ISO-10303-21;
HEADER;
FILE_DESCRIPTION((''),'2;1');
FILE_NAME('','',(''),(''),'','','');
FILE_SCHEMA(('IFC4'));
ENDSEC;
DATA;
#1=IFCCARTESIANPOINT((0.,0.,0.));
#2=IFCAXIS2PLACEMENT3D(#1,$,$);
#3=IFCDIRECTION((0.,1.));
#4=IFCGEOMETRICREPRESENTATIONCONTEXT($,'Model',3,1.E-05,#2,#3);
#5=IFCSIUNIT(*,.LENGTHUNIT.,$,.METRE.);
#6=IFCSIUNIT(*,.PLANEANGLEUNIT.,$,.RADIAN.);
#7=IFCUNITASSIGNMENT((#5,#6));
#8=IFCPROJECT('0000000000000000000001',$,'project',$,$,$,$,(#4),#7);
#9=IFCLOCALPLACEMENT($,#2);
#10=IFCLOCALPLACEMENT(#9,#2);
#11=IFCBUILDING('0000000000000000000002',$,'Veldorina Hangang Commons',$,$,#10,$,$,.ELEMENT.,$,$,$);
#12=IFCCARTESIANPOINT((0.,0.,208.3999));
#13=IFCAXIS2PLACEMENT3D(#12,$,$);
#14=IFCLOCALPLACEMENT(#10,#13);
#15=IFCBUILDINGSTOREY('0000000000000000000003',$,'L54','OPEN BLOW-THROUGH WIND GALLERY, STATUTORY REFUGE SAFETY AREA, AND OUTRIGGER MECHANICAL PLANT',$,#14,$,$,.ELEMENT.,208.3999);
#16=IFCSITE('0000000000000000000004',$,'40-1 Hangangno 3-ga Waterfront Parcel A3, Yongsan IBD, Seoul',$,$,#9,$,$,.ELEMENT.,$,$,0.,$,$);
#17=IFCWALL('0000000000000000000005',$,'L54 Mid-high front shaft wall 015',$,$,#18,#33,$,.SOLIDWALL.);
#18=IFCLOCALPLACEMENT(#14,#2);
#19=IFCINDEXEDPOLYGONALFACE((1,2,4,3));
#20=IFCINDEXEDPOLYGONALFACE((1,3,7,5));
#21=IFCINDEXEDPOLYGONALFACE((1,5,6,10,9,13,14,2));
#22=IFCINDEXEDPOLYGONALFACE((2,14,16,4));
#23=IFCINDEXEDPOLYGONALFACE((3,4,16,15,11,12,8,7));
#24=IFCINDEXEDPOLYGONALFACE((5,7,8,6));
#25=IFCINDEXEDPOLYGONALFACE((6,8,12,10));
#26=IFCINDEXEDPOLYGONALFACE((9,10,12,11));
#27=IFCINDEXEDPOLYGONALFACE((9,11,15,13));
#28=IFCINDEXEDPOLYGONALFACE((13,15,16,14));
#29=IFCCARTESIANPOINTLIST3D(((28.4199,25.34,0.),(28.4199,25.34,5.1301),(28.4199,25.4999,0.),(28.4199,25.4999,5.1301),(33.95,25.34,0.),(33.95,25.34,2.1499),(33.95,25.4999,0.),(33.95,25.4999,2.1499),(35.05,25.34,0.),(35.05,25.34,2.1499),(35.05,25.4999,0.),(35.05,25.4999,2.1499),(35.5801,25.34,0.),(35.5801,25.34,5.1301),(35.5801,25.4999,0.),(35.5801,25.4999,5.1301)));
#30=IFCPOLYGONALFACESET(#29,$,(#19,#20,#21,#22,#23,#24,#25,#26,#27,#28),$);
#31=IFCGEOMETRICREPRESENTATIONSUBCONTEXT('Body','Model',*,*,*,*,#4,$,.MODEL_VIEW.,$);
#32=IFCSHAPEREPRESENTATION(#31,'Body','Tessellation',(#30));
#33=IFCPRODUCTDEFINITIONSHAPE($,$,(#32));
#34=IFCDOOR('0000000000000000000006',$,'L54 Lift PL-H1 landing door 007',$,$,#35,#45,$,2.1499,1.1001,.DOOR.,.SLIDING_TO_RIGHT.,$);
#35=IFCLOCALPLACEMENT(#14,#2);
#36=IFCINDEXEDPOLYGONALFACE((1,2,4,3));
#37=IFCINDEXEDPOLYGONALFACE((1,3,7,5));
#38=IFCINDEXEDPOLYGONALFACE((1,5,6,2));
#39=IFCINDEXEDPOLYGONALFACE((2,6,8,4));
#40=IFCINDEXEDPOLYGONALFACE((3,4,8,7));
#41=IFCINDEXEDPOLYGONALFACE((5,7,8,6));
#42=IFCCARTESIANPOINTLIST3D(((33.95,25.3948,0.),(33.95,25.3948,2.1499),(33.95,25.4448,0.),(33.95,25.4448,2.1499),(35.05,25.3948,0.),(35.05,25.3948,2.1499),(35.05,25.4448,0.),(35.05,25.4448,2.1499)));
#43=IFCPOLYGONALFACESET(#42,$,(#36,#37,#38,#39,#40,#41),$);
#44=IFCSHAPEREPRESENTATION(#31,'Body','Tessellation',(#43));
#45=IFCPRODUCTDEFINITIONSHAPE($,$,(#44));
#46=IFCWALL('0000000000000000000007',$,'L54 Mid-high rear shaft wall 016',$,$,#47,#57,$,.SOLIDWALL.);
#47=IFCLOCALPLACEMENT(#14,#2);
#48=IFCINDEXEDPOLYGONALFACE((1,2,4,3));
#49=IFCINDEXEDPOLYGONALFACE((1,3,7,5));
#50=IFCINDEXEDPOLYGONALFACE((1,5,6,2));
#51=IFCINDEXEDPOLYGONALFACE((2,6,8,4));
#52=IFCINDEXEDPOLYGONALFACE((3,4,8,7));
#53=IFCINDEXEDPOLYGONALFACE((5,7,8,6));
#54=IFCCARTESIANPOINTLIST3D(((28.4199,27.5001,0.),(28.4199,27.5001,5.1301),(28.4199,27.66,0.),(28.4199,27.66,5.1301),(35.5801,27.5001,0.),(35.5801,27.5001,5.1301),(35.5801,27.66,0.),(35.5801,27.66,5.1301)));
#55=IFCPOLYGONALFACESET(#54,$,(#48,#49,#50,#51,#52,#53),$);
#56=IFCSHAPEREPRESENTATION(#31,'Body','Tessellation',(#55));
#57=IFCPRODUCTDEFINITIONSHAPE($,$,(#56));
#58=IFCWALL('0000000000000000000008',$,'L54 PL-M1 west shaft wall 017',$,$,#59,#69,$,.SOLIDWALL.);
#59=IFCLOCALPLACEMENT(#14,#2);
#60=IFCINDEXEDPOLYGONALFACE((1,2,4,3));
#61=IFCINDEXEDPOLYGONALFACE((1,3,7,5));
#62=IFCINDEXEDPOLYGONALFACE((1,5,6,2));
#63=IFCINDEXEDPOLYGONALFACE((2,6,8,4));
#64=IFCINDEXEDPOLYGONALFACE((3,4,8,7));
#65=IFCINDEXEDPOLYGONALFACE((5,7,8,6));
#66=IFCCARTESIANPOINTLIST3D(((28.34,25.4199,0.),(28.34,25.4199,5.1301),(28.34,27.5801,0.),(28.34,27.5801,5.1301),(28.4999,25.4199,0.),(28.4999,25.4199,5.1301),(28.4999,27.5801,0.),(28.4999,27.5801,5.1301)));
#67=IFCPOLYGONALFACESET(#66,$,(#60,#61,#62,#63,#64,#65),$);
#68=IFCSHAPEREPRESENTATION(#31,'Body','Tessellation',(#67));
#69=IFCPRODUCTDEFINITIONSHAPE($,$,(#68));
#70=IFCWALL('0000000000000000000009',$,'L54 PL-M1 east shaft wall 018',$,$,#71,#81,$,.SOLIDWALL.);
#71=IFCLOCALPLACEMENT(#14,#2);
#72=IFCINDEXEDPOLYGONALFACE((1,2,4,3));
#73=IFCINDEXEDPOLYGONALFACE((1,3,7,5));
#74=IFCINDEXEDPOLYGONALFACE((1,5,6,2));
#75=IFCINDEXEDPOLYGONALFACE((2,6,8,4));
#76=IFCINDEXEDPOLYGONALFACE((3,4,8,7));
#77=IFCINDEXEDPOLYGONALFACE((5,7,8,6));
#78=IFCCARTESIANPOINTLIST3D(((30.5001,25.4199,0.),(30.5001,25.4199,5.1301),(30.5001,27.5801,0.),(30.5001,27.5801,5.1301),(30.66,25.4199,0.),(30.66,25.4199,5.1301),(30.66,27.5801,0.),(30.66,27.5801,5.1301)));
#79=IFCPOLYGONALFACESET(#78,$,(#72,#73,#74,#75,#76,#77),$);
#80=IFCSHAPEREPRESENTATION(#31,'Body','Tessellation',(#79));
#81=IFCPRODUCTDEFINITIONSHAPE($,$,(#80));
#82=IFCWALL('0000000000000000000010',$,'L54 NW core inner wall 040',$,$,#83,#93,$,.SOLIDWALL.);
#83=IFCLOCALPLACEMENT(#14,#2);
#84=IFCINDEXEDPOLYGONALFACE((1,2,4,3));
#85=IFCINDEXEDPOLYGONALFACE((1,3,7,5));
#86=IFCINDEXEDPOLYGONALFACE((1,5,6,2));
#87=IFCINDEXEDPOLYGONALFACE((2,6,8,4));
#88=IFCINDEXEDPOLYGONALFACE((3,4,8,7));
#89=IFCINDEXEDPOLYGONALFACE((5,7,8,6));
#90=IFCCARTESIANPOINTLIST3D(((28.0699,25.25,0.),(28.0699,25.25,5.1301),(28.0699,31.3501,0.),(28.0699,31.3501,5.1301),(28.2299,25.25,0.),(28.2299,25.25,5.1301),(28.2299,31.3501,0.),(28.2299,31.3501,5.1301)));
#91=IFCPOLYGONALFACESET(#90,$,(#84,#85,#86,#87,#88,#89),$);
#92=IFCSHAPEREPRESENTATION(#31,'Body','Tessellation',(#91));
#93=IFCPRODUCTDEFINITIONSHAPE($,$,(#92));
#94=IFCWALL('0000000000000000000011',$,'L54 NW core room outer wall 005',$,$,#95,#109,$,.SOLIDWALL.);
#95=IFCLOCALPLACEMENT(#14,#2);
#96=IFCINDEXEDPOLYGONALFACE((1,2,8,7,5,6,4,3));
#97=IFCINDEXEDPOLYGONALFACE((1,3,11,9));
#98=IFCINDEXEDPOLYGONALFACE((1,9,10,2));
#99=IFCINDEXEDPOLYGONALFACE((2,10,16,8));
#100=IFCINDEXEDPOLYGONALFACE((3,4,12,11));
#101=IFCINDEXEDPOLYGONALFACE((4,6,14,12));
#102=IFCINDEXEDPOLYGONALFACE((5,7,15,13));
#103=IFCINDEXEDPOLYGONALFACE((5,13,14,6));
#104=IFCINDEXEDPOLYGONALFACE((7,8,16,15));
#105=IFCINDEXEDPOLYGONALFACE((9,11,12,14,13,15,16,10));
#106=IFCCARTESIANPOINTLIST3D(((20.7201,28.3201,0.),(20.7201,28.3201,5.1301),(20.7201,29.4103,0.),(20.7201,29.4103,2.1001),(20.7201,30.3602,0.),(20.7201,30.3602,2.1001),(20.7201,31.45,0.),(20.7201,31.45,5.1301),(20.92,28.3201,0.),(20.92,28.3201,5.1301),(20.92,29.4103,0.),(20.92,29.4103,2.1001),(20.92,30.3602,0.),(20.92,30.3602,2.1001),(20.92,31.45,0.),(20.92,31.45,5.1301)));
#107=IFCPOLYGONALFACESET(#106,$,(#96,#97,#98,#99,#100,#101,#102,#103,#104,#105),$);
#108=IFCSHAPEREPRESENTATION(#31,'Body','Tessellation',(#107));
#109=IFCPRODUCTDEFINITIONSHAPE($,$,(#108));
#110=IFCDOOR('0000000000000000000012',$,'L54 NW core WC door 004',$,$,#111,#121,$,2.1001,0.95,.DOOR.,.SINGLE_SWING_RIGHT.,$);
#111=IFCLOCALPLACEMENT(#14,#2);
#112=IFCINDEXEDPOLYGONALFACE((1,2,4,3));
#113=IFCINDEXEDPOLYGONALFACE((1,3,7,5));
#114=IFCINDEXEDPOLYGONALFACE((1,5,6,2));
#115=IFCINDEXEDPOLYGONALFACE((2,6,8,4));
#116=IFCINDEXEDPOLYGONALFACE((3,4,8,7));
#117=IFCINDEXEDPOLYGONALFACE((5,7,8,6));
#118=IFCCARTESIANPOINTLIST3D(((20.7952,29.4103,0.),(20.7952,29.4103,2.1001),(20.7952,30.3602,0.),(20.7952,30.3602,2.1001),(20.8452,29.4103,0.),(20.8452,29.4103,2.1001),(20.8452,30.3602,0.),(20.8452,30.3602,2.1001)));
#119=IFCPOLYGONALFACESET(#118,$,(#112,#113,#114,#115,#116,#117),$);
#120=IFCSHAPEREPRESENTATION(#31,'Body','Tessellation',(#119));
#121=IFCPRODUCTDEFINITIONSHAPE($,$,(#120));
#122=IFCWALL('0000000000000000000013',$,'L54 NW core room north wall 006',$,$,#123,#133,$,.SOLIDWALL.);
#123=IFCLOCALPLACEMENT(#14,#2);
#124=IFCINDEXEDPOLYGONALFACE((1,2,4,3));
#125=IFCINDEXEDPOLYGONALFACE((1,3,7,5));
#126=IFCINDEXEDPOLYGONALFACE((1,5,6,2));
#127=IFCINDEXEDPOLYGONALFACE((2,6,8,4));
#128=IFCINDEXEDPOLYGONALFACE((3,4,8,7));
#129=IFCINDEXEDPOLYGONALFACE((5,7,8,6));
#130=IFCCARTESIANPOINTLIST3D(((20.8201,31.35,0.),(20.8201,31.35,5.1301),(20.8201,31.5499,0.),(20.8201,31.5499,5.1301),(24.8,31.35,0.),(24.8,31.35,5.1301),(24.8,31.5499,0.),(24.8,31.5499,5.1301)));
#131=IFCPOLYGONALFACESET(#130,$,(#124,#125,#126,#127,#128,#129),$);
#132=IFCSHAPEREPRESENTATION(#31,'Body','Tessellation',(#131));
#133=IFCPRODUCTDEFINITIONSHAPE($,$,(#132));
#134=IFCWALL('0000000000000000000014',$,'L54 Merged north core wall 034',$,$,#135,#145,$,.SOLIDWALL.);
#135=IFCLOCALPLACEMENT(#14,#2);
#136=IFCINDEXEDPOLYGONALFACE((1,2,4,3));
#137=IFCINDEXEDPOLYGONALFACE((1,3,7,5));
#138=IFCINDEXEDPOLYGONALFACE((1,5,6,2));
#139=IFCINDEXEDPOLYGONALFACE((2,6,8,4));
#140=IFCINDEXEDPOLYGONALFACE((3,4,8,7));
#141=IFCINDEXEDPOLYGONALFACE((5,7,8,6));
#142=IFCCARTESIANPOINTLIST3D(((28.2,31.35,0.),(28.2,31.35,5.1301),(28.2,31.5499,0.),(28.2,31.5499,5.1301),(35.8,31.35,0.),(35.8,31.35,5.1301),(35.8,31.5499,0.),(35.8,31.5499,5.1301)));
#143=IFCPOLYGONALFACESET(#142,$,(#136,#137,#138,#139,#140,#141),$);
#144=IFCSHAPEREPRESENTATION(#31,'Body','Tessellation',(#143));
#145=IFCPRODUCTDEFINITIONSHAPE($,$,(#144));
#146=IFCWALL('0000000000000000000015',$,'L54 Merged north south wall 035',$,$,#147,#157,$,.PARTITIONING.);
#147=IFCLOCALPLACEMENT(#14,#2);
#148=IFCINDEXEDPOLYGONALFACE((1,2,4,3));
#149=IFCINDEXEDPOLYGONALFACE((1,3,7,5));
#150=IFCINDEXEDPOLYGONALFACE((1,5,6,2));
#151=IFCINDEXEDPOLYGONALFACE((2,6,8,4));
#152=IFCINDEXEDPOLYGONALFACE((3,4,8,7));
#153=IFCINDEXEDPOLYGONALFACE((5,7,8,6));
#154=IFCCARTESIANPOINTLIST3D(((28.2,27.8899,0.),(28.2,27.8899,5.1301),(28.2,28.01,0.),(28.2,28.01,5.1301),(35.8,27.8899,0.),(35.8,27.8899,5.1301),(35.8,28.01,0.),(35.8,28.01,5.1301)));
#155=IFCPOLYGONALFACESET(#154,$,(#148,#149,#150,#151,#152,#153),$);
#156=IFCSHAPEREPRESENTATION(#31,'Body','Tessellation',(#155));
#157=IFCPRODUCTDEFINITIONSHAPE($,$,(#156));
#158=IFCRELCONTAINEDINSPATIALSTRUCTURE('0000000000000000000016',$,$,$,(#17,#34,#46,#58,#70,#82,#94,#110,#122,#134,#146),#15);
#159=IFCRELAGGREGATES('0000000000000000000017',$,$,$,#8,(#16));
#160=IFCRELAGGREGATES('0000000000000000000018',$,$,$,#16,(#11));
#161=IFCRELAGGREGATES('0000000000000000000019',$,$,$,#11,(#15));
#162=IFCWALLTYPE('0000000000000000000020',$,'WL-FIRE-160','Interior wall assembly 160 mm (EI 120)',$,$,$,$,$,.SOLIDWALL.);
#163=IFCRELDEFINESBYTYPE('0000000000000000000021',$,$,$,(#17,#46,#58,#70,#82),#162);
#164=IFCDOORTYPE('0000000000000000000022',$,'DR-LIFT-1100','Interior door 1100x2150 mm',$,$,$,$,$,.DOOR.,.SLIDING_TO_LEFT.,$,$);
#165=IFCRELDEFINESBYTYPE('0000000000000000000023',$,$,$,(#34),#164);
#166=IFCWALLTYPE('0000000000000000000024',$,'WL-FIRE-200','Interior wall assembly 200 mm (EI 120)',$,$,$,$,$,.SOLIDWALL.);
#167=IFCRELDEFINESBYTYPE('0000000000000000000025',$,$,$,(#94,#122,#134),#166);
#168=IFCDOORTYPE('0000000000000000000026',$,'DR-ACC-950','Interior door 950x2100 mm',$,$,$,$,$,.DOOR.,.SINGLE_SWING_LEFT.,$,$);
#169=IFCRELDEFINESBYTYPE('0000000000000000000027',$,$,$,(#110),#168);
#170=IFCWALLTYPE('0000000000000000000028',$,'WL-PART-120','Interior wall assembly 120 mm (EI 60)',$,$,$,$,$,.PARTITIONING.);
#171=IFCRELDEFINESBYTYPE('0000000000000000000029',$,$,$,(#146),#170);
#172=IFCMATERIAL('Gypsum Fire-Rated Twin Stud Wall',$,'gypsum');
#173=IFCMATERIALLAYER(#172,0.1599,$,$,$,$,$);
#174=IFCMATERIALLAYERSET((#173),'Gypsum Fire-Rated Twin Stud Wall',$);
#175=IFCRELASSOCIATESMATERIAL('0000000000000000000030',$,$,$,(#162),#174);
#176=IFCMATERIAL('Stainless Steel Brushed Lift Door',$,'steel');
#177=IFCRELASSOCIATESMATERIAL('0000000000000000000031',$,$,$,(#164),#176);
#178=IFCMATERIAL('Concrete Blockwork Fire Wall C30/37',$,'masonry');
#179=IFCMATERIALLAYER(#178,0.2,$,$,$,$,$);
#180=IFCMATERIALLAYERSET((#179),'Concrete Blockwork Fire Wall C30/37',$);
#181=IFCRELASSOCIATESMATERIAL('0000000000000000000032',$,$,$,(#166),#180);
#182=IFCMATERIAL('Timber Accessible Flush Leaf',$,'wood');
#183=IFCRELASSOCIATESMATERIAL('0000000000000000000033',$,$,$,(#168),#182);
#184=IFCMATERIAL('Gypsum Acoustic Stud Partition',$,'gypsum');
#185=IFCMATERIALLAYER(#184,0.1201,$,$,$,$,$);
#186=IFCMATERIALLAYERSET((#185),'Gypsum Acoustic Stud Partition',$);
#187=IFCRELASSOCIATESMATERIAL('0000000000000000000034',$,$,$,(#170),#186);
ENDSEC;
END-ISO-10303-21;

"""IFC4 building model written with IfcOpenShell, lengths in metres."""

from ifc_helpers import new_model, si_unit, direction, frame, frame_2d, origin, place, context, subcontext, project, spatial, rectangle, extrude, material, layer, layer_set, type_object, element, fill, save


model = new_model("IFC4")

# Units and contexts
model_context = context("Model", 3, precision=1e-05, world=origin(), true_north=direction((0.0, 1.0)))
body_context = subcontext(model_context, "Body", "Model", "MODEL_VIEW")
ifc_project = project(units=[si_unit("LENGTHUNIT", "METRE"), si_unit("PLANEANGLEUNIT", "RADIAN")], contexts=[model_context])

# Site, building, storey
site_placement = place(None, origin())
site = spatial("IfcSite", under=ifc_project, at=site_placement, Name="40-1 Hangangno 3-ga Waterfront Parcel A3, Yongsan IBD, Seoul", CompositionType="ELEMENT", RefElevation=0.0)
building_placement = place(site_placement, origin())
building = spatial("IfcBuilding", under=site, at=building_placement, Name="Veldorina Hangang Commons", CompositionType="ELEMENT")
storey_placement = place(building_placement, frame((0.0, 0.0, 208.3999)))
storey = spatial("IfcBuildingStorey", under=building, at=storey_placement, Name="L54", Description="OPEN BLOW-THROUGH WIND GALLERY, STATUTORY REFUGE SAFETY AREA, AND OUTRIGGER MECHANICAL PLANT", CompositionType="ELEMENT", Elevation=208.3999)

# Wall, opening, door
ifc_material_1 = material(Name="Gypsum Fire-Rated Twin Stud Wall", Category="gypsum")
ifc_layer_1 = layer(ifc_material_1, 0.1599)
ifc_layer_set_1 = layer_set([ifc_layer_1], Name="Gypsum Fire-Rated Twin Stud Wall")
wall_type_1 = type_object("IfcWallType", Name="WL-FIRE-160", Description="Interior wall assembly 160 mm (EI 120)", PredefinedType="SOLIDWALL", material=ifc_layer_set_1)
wall_1_placement = place(storey_placement, frame((28.4199, 25.4199, 0.0), z_axis=(0.0, 0.0, 1.0), x_axis=(1.0, 0.0, 0.0)))
wall_1 = element("IfcWall", 1, at=wall_1_placement, inside=storey, type_object=wall_type_1, Name="L54 Mid-high front shaft wall 015", PredefinedType="SOLIDWALL", context=body_context, shape_type="SweptSolid", body=[
    extrude(rectangle(XDim=7.1602, YDim=0.1599, at=frame_2d((3.5801, 0.0))), origin(), (0.0, 0.0, 1.0), 5.1301),
])
opening_1_placement = place(wall_1_placement, frame((5.53, 0.0, 0.0)))
opening_1 = element("IfcOpeningElement", 2, at=opening_1_placement, cuts=wall_1, PredefinedType="OPENING", context=body_context, shape_type="SweptSolid", body=[
    extrude(rectangle(XDim=1.1001, YDim=2.1499, at=frame_2d((0.55, 1.075))), frame((0.0, 0.0898, 0.0), z_axis=(0.0, -1.0, 0.0), x_axis=(1.0, 0.0, 0.0)), (0.0, 0.0, 1.0), 0.1799),
])
ifc_material_2 = material(Name="Stainless Steel Brushed Lift Door", Category="steel")
door_type_1 = type_object("IfcDoorType", Name="DR-LIFT-1100", Description="Interior door 1100x2150 mm", OperationType="SLIDING_TO_LEFT", PredefinedType="DOOR", material=ifc_material_2)
door_1_placement = place(opening_1_placement, origin())
door_1 = element("IfcDoor", 3, at=door_1_placement, inside=storey, type_object=door_type_1, Name="L54 Lift PL-H1 landing door 007", OperationType="SLIDING_TO_RIGHT", OverallHeight=2.1499, OverallWidth=1.1001, PredefinedType="DOOR", context=body_context, shape_type="SweptSolid", body=[
    extrude(rectangle(XDim=1.1001, YDim=2.1499, at=frame_2d((0.55, 1.075))), frame((0.0, 0.0249, 0.0), z_axis=(0.0, -1.0, 0.0), x_axis=(1.0, 0.0, 0.0)), (0.0, 0.0, 1.0), 0.05),
])
fill(opening_1, door_1)

# Walls
wall_2_placement = place(storey_placement, frame((28.4199, 27.5801, 0.0), z_axis=(0.0, 0.0, 1.0), x_axis=(1.0, 0.0, 0.0)))
element("IfcWall", 4, at=wall_2_placement, inside=storey, type_object=wall_type_1, Name="L54 Mid-high rear shaft wall 016", PredefinedType="SOLIDWALL", context=body_context, shape_type="SweptSolid", body=[
    extrude(rectangle(XDim=7.1602, YDim=0.1599, at=frame_2d((3.5801, 0.0))), origin(), (0.0, 0.0, 1.0), 5.1301),
])
for number, where, z_axis, x_axis, name in (
    (5, (28.4199, 25.4199, 0.0), (0.0, 0.0, 1.0), (0.0, 1.0, 0.0), "L54 PL-M1 west shaft wall 017"),
    (6, (30.5801, 25.4199, 0.0), (0.0, 0.0, 1.0), (0.0, 1.0, 0.0), "L54 PL-M1 east shaft wall 018"),
):
    element("IfcWall", number, at=place(storey_placement, frame(where, z_axis=z_axis, x_axis=x_axis)), inside=storey, type_object=wall_type_1, Name=name, PredefinedType="SOLIDWALL", context=body_context, shape_type="SweptSolid", body=[
        extrude(rectangle(XDim=2.1602, YDim=0.1599, at=frame_2d((1.0801, 0.0))), origin(), (0.0, 0.0, 1.0), 5.1301),
    ])
wall_3_placement = place(storey_placement, frame((28.1499, 25.25, 0.0), z_axis=(0.0, 0.0, 1.0), x_axis=(0.0, 1.0, 0.0)))
element("IfcWall", 7, at=wall_3_placement, inside=storey, type_object=wall_type_1, Name="L54 NW core inner wall 040", PredefinedType="SOLIDWALL", context=body_context, shape_type="SweptSolid", body=[
    extrude(rectangle(XDim=6.1001, YDim=0.1599, at=frame_2d((3.05, 0.0))), origin(), (0.0, 0.0, 1.0), 5.1301),
])

# Wall, opening, door
ifc_material_3 = material(Name="Concrete Blockwork Fire Wall C30/37", Category="masonry")
ifc_layer_2 = layer(ifc_material_3, 0.2)
ifc_layer_set_2 = layer_set([ifc_layer_2], Name="Concrete Blockwork Fire Wall C30/37")
wall_type_2 = type_object("IfcWallType", Name="WL-FIRE-200", Description="Interior wall assembly 200 mm (EI 120)", PredefinedType="SOLIDWALL", material=ifc_layer_set_2)
wall_4_placement = place(storey_placement, frame((20.8201, 28.3201, 0.0), z_axis=(0.0, 0.0, 1.0), x_axis=(0.0, 1.0, 0.0)))
wall_4 = element("IfcWall", 8, at=wall_4_placement, inside=storey, type_object=wall_type_2, Name="L54 NW core room outer wall 005", PredefinedType="SOLIDWALL", context=body_context, shape_type="SweptSolid", body=[
    extrude(rectangle(XDim=3.1299, YDim=0.2, at=frame_2d((1.5649, 0.0))), origin(), (0.0, 0.0, 1.0), 5.1301),
])
opening_2_placement = place(wall_4_placement, frame((1.0901, 0.0, 0.0)))
opening_2 = element("IfcOpeningElement", 9, at=opening_2_placement, cuts=wall_4, PredefinedType="OPENING", context=body_context, shape_type="SweptSolid", body=[
    extrude(rectangle(XDim=0.95, YDim=2.1001, at=frame_2d((0.4751, 1.05))), frame((0.0, 0.1099, 0.0), z_axis=(0.0, -1.0, 0.0), x_axis=(1.0, 0.0, 0.0)), (0.0, 0.0, 1.0), 0.22),
])
ifc_material_4 = material(Name="Timber Accessible Flush Leaf", Category="wood")
door_type_2 = type_object("IfcDoorType", Name="DR-ACC-950", Description="Interior door 950x2100 mm", OperationType="SINGLE_SWING_LEFT", PredefinedType="DOOR", material=ifc_material_4)
door_2_placement = place(opening_2_placement, origin())
door_2 = element("IfcDoor", 10, at=door_2_placement, inside=storey, type_object=door_type_2, Name="L54 NW core WC door 004", OperationType="SINGLE_SWING_RIGHT", OverallHeight=2.1001, OverallWidth=0.95, PredefinedType="DOOR", context=body_context, shape_type="SweptSolid", body=[
    extrude(rectangle(XDim=0.95, YDim=2.1001, at=frame_2d((0.4751, 1.05))), frame((0.0, 0.0249, 0.0), z_axis=(0.0, -1.0, 0.0), x_axis=(1.0, 0.0, 0.0)), (0.0, 0.0, 1.0), 0.05),
])
fill(opening_2, door_2)

# Walls
wall_5_placement = place(storey_placement, frame((20.8201, 31.45, 0.0), z_axis=(0.0, 0.0, 1.0), x_axis=(1.0, 0.0, 0.0)))
element("IfcWall", 11, at=wall_5_placement, inside=storey, type_object=wall_type_2, Name="L54 NW core room north wall 006", PredefinedType="SOLIDWALL", context=body_context, shape_type="SweptSolid", body=[
    extrude(rectangle(XDim=3.98, YDim=0.2, at=frame_2d((1.99, 0.0))), origin(), (0.0, 0.0, 1.0), 5.1301),
])
wall_6_placement = place(storey_placement, frame((28.2, 31.45, 0.0), z_axis=(0.0, 0.0, 1.0), x_axis=(1.0, 0.0, 0.0)))
element("IfcWall", 12, at=wall_6_placement, inside=storey, type_object=wall_type_2, Name="L54 Merged north core wall 034", PredefinedType="SOLIDWALL", context=body_context, shape_type="SweptSolid", body=[
    extrude(rectangle(XDim=7.6001, YDim=0.2, at=frame_2d((3.8, 0.0))), origin(), (0.0, 0.0, 1.0), 5.1301),
])
ifc_material_5 = material(Name="Gypsum Acoustic Stud Partition", Category="gypsum")
ifc_layer_3 = layer(ifc_material_5, 0.1201)
ifc_layer_set_3 = layer_set([ifc_layer_3], Name="Gypsum Acoustic Stud Partition")
wall_type_3 = type_object("IfcWallType", Name="WL-PART-120", Description="Interior wall assembly 120 mm (EI 60)", PredefinedType="PARTITIONING", material=ifc_layer_set_3)
wall_7_placement = place(storey_placement, frame((28.2, 27.95, 0.0), z_axis=(0.0, 0.0, 1.0), x_axis=(1.0, 0.0, 0.0)))
element("IfcWall", 13, at=wall_7_placement, inside=storey, type_object=wall_type_3, Name="L54 Merged north south wall 035", PredefinedType="PARTITIONING", context=body_context, shape_type="SweptSolid", body=[
    extrude(rectangle(XDim=7.6001, YDim=0.1201, at=frame_2d((3.8, 0.0))), origin(), (0.0, 0.0, 1.0), 5.1301),
])

save(model, "model.ifc")
